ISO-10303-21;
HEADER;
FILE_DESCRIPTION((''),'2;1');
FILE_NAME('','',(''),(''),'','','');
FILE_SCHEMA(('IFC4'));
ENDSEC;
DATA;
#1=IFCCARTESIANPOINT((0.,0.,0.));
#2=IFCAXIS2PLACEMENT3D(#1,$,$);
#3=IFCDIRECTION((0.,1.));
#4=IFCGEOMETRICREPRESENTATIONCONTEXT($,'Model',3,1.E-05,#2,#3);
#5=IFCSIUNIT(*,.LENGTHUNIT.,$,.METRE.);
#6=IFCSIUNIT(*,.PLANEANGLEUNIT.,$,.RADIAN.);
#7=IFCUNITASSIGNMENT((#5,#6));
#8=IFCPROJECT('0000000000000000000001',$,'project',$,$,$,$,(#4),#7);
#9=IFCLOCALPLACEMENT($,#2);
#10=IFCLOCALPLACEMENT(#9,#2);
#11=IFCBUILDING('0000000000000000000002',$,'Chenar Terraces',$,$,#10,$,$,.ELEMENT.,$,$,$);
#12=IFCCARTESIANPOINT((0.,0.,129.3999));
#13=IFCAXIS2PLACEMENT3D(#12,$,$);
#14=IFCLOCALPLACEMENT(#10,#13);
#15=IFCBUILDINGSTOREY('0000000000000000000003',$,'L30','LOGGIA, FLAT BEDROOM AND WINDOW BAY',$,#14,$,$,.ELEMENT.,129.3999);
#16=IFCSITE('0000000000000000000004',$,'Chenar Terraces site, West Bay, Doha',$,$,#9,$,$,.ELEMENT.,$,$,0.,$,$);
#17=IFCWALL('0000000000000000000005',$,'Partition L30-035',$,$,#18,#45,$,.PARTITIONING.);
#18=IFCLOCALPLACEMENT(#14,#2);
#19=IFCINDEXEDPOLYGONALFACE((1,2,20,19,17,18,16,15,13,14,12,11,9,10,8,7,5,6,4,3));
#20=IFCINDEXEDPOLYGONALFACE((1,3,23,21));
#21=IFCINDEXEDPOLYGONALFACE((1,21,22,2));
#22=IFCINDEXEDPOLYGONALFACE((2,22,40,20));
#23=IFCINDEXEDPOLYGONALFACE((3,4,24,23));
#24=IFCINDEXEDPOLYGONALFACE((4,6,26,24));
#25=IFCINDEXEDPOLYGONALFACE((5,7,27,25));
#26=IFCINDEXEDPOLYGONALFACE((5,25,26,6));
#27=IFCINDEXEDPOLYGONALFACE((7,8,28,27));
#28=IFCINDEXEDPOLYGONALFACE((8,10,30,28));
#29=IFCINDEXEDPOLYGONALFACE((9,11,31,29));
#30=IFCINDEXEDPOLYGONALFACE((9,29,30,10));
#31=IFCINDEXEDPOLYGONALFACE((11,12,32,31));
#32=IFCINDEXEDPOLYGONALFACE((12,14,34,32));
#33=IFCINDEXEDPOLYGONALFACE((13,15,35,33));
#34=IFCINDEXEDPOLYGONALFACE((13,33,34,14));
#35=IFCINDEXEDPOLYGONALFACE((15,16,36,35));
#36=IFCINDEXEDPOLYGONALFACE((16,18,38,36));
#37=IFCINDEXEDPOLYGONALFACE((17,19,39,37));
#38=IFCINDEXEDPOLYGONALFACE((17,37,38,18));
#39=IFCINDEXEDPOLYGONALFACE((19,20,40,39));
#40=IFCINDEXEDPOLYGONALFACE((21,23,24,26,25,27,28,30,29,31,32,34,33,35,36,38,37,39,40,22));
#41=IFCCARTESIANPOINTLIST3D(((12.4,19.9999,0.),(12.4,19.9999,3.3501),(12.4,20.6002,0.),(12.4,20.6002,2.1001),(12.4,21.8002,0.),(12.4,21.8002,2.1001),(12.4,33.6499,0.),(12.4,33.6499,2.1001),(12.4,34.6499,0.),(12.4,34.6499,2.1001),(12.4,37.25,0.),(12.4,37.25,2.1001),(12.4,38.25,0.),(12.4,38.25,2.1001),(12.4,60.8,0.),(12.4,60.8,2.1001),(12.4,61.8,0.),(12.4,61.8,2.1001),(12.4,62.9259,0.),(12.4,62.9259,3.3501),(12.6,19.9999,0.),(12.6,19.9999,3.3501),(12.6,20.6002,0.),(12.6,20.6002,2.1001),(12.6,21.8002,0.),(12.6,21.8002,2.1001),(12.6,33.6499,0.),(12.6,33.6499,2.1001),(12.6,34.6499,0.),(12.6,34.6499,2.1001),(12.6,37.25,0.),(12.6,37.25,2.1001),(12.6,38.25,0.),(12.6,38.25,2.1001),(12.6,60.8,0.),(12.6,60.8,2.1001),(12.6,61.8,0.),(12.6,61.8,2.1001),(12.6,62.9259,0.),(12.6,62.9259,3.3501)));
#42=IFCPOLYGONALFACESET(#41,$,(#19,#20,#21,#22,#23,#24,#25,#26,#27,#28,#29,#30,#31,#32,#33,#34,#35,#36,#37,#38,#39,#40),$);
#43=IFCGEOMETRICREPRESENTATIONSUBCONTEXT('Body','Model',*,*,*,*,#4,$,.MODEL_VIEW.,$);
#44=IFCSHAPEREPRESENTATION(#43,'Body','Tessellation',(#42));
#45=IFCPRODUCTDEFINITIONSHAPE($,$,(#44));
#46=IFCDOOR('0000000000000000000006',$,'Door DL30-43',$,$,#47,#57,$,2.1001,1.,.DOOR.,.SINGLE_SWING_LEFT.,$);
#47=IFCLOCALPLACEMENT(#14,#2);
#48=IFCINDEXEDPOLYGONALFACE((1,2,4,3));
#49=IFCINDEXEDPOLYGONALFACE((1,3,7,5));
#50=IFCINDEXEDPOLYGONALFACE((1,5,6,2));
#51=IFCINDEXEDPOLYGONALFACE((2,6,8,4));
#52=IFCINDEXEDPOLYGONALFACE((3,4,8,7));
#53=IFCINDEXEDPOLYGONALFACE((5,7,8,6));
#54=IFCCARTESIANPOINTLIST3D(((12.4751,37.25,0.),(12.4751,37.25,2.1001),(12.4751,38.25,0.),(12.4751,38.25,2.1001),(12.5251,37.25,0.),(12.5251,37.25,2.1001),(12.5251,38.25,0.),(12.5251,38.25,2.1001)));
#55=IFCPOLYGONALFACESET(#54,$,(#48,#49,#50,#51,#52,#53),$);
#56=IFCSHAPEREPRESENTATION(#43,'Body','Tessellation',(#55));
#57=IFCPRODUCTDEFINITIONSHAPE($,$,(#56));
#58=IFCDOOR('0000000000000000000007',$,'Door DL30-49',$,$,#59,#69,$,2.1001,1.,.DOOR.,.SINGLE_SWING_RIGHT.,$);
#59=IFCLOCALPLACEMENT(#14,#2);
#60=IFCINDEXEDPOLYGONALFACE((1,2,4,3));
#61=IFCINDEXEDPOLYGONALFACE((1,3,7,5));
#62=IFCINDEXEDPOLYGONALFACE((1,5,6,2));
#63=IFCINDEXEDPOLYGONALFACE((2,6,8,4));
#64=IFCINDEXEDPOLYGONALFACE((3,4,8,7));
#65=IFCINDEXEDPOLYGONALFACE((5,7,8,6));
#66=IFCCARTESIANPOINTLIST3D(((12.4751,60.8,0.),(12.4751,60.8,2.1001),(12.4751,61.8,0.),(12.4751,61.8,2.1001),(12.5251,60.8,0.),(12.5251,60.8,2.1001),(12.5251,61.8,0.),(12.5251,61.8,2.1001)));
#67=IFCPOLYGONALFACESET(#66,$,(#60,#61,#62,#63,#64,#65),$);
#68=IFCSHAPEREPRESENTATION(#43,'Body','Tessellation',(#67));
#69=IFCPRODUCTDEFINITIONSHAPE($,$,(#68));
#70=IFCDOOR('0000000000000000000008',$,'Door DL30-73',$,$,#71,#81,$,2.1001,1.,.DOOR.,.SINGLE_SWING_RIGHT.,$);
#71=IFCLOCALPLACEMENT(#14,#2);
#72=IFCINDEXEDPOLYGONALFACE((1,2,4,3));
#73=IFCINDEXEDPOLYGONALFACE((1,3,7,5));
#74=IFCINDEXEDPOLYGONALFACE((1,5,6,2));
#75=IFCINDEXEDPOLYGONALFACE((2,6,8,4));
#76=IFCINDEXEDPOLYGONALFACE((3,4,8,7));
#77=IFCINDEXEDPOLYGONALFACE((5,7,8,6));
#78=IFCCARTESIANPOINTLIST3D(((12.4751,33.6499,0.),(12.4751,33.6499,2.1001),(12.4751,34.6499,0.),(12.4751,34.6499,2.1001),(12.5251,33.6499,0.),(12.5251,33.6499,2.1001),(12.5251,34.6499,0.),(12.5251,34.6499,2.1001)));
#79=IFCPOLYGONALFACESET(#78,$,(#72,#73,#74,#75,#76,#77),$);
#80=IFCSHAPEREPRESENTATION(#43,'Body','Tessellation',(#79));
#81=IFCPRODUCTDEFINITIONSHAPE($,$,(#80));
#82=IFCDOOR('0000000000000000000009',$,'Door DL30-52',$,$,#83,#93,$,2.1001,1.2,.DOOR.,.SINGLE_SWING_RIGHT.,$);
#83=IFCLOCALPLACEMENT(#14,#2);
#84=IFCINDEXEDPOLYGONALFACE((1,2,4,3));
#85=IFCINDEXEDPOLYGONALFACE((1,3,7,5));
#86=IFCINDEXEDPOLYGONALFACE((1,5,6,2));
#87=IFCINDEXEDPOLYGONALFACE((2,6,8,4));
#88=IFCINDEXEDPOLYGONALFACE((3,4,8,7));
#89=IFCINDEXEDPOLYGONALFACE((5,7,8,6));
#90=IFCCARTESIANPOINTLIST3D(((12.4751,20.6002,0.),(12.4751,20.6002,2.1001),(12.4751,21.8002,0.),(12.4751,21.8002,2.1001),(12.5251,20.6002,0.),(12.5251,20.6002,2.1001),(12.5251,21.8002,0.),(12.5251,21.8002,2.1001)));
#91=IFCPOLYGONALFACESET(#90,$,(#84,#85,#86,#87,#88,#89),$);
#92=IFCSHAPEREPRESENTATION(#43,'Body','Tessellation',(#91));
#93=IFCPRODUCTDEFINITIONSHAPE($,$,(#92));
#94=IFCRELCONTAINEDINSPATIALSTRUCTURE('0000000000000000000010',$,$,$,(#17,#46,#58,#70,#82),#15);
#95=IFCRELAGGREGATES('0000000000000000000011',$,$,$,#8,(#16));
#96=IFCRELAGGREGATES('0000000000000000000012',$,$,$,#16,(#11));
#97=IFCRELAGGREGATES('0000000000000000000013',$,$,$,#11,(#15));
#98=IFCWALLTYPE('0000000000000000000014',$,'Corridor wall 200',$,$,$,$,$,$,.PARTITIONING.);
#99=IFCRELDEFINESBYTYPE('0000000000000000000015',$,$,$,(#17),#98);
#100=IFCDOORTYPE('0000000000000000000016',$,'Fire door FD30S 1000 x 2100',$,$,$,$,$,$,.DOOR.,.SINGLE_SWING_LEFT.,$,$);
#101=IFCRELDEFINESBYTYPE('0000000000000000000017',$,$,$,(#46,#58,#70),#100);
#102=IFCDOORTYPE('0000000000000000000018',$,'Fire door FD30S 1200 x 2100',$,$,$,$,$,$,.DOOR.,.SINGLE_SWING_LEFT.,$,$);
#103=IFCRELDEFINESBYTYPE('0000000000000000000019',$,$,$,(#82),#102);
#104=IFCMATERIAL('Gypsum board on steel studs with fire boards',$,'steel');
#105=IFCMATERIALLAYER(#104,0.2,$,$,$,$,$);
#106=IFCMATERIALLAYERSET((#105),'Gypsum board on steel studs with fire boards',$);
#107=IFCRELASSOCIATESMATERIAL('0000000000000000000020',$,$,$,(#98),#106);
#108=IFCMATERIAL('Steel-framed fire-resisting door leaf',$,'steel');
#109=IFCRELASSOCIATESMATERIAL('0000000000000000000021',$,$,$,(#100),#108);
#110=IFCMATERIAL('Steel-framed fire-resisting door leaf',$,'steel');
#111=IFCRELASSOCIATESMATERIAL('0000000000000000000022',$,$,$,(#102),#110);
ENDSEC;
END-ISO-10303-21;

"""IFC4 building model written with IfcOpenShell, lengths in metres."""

from ifc_helpers import new_model, si_unit, direction, frame, frame_2d, origin, place, context, subcontext, project, spatial, rectangle, extrude, material, layer, layer_set, type_object, element, fill, save


model = new_model("IFC4")

# Units and contexts
model_context = context("Model", 3, precision=1e-05, world=origin(), true_north=direction((0.0, 1.0)))
body_context = subcontext(model_context, "Body", "Model", "MODEL_VIEW")
ifc_project = project(units=[si_unit("LENGTHUNIT", "METRE"), si_unit("PLANEANGLEUNIT", "RADIAN")], contexts=[model_context])

# Site, building, storey
site_placement = place(None, origin())
site = spatial("IfcSite", under=ifc_project, at=site_placement, Name="Chenar Terraces site, West Bay, Doha", CompositionType="ELEMENT", RefElevation=0.0)
building_placement = place(site_placement, origin())
building = spatial("IfcBuilding", under=site, at=building_placement, Name="Chenar Terraces", CompositionType="ELEMENT")
storey_placement = place(building_placement, frame((0.0, 0.0, 129.3999)))
storey = spatial("IfcBuildingStorey", under=building, at=storey_placement, Name="L30", Description="LOGGIA, FLAT BEDROOM AND WINDOW BAY", CompositionType="ELEMENT", Elevation=129.3999)

# Wall, openings, doors
ifc_material_1 = material(Name="Gypsum board on steel studs with fire boards", Category="steel")
ifc_layer_1 = layer(ifc_material_1, 0.2)
ifc_layer_set_1 = layer_set([ifc_layer_1], Name="Gypsum board on steel studs with fire boards")
wall_type_1 = type_object("IfcWallType", Name="Corridor wall 200", PredefinedType="PARTITIONING", material=ifc_layer_set_1)
wall_1_placement = place(storey_placement, frame((12.5, 20.0, 0.0), z_axis=(0.0, 0.0, 1.0), x_axis=(0.0, 1.0, 0.0)))
wall_1 = element("IfcWall", 1, at=wall_1_placement, inside=storey, type_object=wall_type_1, Name="Partition L30-035", PredefinedType="PARTITIONING", context=body_context, shape_type="SweptSolid", body=[
    extrude(rectangle(XDim=42.926, YDim=0.2, at=frame_2d((21.4629, 0.0))), origin(), (0.0, 0.0, 1.0), 3.3501),
])
opening_1_placement = place(wall_1_placement, frame((17.25, 0.0, 0.0)))
opening_1 = element("IfcOpeningElement", 2, at=opening_1_placement, cuts=wall_1, PredefinedType="OPENING", context=body_context, shape_type="SweptSolid", body=[
    extrude(rectangle(XDim=1.0, YDim=2.1001, at=frame_2d((0.5, 1.05))), frame((0.0, 0.1099, 0.0), z_axis=(0.0, -1.0, 0.0), x_axis=(1.0, 0.0, 0.0)), (0.0, 0.0, 1.0), 0.22),
])
opening_2_placement = place(wall_1_placement, frame((40.8, 0.0, 0.0)))
opening_2 = element("IfcOpeningElement", 3, at=opening_2_placement, cuts=wall_1, PredefinedType="OPENING", context=body_context, shape_type="SweptSolid", body=[
    extrude(rectangle(XDim=1.0, YDim=2.1001, at=frame_2d((0.5, 1.05))), frame((0.0, 0.1099, 0.0), z_axis=(0.0, -1.0, 0.0), x_axis=(1.0, 0.0, 0.0)), (0.0, 0.0, 1.0), 0.22),
])
opening_3_placement = place(wall_1_placement, frame((0.6001, 0.0, 0.0)))
opening_3 = element("IfcOpeningElement", 4, at=opening_3_placement, cuts=wall_1, PredefinedType="OPENING", context=body_context, shape_type="SweptSolid", body=[
    extrude(rectangle(XDim=1.2, YDim=2.1001, at=frame_2d((0.6001, 1.05))), frame((0.0, 0.1099, 0.0), z_axis=(0.0, -1.0, 0.0), x_axis=(1.0, 0.0, 0.0)), (0.0, 0.0, 1.0), 0.22),
])
opening_4_placement = place(wall_1_placement, frame((13.6499, 0.0, 0.0)))
opening_4 = element("IfcOpeningElement", 5, at=opening_4_placement, cuts=wall_1, PredefinedType="OPENING", context=body_context, shape_type="SweptSolid", body=[
    extrude(rectangle(XDim=1.0, YDim=2.1001, at=frame_2d((0.5, 1.05))), frame((0.0, 0.1099, 0.0), z_axis=(0.0, -1.0, 0.0), x_axis=(1.0, 0.0, 0.0)), (0.0, 0.0, 1.0), 0.22),
])
ifc_material_2 = material(Name="Steel-framed fire-resisting door leaf", Category="steel")
door_type_1 = type_object("IfcDoorType", Name="Fire door FD30S 1000 x 2100", OperationType="SINGLE_SWING_LEFT", PredefinedType="DOOR", material=ifc_material_2)
door_1_placement = place(opening_1_placement, origin())
door_1 = element("IfcDoor", 6, at=door_1_placement, inside=storey, type_object=door_type_1, Name="Door DL30-43", OperationType="SINGLE_SWING_LEFT", OverallHeight=2.1001, OverallWidth=1.0, PredefinedType="DOOR", context=body_context, shape_type="SweptSolid", body=[
    extrude(rectangle(XDim=1.0, YDim=2.1001, at=frame_2d((0.5, 1.05))), frame((0.0, 0.0249, 0.0), z_axis=(0.0, -1.0, 0.0), x_axis=(1.0, 0.0, 0.0)), (0.0, 0.0, 1.0), 0.05),
])
fill(opening_1, door_1)
door_2_placement = place(opening_2_placement, origin())
door_2 = element("IfcDoor", 7, at=door_2_placement, inside=storey, type_object=door_type_1, Name="Door DL30-49", OperationType="SINGLE_SWING_RIGHT", OverallHeight=2.1001, OverallWidth=1.0, PredefinedType="DOOR", context=body_context, shape_type="SweptSolid", body=[
    extrude(rectangle(XDim=1.0, YDim=2.1001, at=frame_2d((0.5, 1.05))), frame((0.0, 0.0249, 0.0), z_axis=(0.0, -1.0, 0.0), x_axis=(1.0, 0.0, 0.0)), (0.0, 0.0, 1.0), 0.05),
])
fill(opening_2, door_2)
door_3_placement = place(opening_4_placement, origin())
door_3 = element("IfcDoor", 8, at=door_3_placement, inside=storey, type_object=door_type_1, Name="Door DL30-73", OperationType="SINGLE_SWING_RIGHT", OverallHeight=2.1001, OverallWidth=1.0, PredefinedType="DOOR", context=body_context, shape_type="SweptSolid", body=[
    extrude(rectangle(XDim=1.0, YDim=2.1001, at=frame_2d((0.5, 1.05))), frame((0.0, 0.0249, 0.0), z_axis=(0.0, -1.0, 0.0), x_axis=(1.0, 0.0, 0.0)), (0.0, 0.0, 1.0), 0.05),
])
fill(opening_4, door_3)
ifc_material_3 = material(Name="Steel-framed fire-resisting door leaf", Category="steel")
door_type_2 = type_object("IfcDoorType", Name="Fire door FD30S 1200 x 2100", OperationType="SINGLE_SWING_LEFT", PredefinedType="DOOR", material=ifc_material_3)
door_4_placement = place(opening_3_placement, origin())
door_4 = element("IfcDoor", 9, at=door_4_placement, inside=storey, type_object=door_type_2, Name="Door DL30-52", OperationType="SINGLE_SWING_RIGHT", OverallHeight=2.1001, OverallWidth=1.2, PredefinedType="DOOR", context=body_context, shape_type="SweptSolid", body=[
    extrude(rectangle(XDim=1.2, YDim=2.1001, at=frame_2d((0.6001, 1.05))), frame((0.0, 0.0249, 0.0), z_axis=(0.0, -1.0, 0.0), x_axis=(1.0, 0.0, 0.0)), (0.0, 0.0, 1.0), 0.05),
])
fill(opening_3, door_4)

save(model, "model.ifc")
